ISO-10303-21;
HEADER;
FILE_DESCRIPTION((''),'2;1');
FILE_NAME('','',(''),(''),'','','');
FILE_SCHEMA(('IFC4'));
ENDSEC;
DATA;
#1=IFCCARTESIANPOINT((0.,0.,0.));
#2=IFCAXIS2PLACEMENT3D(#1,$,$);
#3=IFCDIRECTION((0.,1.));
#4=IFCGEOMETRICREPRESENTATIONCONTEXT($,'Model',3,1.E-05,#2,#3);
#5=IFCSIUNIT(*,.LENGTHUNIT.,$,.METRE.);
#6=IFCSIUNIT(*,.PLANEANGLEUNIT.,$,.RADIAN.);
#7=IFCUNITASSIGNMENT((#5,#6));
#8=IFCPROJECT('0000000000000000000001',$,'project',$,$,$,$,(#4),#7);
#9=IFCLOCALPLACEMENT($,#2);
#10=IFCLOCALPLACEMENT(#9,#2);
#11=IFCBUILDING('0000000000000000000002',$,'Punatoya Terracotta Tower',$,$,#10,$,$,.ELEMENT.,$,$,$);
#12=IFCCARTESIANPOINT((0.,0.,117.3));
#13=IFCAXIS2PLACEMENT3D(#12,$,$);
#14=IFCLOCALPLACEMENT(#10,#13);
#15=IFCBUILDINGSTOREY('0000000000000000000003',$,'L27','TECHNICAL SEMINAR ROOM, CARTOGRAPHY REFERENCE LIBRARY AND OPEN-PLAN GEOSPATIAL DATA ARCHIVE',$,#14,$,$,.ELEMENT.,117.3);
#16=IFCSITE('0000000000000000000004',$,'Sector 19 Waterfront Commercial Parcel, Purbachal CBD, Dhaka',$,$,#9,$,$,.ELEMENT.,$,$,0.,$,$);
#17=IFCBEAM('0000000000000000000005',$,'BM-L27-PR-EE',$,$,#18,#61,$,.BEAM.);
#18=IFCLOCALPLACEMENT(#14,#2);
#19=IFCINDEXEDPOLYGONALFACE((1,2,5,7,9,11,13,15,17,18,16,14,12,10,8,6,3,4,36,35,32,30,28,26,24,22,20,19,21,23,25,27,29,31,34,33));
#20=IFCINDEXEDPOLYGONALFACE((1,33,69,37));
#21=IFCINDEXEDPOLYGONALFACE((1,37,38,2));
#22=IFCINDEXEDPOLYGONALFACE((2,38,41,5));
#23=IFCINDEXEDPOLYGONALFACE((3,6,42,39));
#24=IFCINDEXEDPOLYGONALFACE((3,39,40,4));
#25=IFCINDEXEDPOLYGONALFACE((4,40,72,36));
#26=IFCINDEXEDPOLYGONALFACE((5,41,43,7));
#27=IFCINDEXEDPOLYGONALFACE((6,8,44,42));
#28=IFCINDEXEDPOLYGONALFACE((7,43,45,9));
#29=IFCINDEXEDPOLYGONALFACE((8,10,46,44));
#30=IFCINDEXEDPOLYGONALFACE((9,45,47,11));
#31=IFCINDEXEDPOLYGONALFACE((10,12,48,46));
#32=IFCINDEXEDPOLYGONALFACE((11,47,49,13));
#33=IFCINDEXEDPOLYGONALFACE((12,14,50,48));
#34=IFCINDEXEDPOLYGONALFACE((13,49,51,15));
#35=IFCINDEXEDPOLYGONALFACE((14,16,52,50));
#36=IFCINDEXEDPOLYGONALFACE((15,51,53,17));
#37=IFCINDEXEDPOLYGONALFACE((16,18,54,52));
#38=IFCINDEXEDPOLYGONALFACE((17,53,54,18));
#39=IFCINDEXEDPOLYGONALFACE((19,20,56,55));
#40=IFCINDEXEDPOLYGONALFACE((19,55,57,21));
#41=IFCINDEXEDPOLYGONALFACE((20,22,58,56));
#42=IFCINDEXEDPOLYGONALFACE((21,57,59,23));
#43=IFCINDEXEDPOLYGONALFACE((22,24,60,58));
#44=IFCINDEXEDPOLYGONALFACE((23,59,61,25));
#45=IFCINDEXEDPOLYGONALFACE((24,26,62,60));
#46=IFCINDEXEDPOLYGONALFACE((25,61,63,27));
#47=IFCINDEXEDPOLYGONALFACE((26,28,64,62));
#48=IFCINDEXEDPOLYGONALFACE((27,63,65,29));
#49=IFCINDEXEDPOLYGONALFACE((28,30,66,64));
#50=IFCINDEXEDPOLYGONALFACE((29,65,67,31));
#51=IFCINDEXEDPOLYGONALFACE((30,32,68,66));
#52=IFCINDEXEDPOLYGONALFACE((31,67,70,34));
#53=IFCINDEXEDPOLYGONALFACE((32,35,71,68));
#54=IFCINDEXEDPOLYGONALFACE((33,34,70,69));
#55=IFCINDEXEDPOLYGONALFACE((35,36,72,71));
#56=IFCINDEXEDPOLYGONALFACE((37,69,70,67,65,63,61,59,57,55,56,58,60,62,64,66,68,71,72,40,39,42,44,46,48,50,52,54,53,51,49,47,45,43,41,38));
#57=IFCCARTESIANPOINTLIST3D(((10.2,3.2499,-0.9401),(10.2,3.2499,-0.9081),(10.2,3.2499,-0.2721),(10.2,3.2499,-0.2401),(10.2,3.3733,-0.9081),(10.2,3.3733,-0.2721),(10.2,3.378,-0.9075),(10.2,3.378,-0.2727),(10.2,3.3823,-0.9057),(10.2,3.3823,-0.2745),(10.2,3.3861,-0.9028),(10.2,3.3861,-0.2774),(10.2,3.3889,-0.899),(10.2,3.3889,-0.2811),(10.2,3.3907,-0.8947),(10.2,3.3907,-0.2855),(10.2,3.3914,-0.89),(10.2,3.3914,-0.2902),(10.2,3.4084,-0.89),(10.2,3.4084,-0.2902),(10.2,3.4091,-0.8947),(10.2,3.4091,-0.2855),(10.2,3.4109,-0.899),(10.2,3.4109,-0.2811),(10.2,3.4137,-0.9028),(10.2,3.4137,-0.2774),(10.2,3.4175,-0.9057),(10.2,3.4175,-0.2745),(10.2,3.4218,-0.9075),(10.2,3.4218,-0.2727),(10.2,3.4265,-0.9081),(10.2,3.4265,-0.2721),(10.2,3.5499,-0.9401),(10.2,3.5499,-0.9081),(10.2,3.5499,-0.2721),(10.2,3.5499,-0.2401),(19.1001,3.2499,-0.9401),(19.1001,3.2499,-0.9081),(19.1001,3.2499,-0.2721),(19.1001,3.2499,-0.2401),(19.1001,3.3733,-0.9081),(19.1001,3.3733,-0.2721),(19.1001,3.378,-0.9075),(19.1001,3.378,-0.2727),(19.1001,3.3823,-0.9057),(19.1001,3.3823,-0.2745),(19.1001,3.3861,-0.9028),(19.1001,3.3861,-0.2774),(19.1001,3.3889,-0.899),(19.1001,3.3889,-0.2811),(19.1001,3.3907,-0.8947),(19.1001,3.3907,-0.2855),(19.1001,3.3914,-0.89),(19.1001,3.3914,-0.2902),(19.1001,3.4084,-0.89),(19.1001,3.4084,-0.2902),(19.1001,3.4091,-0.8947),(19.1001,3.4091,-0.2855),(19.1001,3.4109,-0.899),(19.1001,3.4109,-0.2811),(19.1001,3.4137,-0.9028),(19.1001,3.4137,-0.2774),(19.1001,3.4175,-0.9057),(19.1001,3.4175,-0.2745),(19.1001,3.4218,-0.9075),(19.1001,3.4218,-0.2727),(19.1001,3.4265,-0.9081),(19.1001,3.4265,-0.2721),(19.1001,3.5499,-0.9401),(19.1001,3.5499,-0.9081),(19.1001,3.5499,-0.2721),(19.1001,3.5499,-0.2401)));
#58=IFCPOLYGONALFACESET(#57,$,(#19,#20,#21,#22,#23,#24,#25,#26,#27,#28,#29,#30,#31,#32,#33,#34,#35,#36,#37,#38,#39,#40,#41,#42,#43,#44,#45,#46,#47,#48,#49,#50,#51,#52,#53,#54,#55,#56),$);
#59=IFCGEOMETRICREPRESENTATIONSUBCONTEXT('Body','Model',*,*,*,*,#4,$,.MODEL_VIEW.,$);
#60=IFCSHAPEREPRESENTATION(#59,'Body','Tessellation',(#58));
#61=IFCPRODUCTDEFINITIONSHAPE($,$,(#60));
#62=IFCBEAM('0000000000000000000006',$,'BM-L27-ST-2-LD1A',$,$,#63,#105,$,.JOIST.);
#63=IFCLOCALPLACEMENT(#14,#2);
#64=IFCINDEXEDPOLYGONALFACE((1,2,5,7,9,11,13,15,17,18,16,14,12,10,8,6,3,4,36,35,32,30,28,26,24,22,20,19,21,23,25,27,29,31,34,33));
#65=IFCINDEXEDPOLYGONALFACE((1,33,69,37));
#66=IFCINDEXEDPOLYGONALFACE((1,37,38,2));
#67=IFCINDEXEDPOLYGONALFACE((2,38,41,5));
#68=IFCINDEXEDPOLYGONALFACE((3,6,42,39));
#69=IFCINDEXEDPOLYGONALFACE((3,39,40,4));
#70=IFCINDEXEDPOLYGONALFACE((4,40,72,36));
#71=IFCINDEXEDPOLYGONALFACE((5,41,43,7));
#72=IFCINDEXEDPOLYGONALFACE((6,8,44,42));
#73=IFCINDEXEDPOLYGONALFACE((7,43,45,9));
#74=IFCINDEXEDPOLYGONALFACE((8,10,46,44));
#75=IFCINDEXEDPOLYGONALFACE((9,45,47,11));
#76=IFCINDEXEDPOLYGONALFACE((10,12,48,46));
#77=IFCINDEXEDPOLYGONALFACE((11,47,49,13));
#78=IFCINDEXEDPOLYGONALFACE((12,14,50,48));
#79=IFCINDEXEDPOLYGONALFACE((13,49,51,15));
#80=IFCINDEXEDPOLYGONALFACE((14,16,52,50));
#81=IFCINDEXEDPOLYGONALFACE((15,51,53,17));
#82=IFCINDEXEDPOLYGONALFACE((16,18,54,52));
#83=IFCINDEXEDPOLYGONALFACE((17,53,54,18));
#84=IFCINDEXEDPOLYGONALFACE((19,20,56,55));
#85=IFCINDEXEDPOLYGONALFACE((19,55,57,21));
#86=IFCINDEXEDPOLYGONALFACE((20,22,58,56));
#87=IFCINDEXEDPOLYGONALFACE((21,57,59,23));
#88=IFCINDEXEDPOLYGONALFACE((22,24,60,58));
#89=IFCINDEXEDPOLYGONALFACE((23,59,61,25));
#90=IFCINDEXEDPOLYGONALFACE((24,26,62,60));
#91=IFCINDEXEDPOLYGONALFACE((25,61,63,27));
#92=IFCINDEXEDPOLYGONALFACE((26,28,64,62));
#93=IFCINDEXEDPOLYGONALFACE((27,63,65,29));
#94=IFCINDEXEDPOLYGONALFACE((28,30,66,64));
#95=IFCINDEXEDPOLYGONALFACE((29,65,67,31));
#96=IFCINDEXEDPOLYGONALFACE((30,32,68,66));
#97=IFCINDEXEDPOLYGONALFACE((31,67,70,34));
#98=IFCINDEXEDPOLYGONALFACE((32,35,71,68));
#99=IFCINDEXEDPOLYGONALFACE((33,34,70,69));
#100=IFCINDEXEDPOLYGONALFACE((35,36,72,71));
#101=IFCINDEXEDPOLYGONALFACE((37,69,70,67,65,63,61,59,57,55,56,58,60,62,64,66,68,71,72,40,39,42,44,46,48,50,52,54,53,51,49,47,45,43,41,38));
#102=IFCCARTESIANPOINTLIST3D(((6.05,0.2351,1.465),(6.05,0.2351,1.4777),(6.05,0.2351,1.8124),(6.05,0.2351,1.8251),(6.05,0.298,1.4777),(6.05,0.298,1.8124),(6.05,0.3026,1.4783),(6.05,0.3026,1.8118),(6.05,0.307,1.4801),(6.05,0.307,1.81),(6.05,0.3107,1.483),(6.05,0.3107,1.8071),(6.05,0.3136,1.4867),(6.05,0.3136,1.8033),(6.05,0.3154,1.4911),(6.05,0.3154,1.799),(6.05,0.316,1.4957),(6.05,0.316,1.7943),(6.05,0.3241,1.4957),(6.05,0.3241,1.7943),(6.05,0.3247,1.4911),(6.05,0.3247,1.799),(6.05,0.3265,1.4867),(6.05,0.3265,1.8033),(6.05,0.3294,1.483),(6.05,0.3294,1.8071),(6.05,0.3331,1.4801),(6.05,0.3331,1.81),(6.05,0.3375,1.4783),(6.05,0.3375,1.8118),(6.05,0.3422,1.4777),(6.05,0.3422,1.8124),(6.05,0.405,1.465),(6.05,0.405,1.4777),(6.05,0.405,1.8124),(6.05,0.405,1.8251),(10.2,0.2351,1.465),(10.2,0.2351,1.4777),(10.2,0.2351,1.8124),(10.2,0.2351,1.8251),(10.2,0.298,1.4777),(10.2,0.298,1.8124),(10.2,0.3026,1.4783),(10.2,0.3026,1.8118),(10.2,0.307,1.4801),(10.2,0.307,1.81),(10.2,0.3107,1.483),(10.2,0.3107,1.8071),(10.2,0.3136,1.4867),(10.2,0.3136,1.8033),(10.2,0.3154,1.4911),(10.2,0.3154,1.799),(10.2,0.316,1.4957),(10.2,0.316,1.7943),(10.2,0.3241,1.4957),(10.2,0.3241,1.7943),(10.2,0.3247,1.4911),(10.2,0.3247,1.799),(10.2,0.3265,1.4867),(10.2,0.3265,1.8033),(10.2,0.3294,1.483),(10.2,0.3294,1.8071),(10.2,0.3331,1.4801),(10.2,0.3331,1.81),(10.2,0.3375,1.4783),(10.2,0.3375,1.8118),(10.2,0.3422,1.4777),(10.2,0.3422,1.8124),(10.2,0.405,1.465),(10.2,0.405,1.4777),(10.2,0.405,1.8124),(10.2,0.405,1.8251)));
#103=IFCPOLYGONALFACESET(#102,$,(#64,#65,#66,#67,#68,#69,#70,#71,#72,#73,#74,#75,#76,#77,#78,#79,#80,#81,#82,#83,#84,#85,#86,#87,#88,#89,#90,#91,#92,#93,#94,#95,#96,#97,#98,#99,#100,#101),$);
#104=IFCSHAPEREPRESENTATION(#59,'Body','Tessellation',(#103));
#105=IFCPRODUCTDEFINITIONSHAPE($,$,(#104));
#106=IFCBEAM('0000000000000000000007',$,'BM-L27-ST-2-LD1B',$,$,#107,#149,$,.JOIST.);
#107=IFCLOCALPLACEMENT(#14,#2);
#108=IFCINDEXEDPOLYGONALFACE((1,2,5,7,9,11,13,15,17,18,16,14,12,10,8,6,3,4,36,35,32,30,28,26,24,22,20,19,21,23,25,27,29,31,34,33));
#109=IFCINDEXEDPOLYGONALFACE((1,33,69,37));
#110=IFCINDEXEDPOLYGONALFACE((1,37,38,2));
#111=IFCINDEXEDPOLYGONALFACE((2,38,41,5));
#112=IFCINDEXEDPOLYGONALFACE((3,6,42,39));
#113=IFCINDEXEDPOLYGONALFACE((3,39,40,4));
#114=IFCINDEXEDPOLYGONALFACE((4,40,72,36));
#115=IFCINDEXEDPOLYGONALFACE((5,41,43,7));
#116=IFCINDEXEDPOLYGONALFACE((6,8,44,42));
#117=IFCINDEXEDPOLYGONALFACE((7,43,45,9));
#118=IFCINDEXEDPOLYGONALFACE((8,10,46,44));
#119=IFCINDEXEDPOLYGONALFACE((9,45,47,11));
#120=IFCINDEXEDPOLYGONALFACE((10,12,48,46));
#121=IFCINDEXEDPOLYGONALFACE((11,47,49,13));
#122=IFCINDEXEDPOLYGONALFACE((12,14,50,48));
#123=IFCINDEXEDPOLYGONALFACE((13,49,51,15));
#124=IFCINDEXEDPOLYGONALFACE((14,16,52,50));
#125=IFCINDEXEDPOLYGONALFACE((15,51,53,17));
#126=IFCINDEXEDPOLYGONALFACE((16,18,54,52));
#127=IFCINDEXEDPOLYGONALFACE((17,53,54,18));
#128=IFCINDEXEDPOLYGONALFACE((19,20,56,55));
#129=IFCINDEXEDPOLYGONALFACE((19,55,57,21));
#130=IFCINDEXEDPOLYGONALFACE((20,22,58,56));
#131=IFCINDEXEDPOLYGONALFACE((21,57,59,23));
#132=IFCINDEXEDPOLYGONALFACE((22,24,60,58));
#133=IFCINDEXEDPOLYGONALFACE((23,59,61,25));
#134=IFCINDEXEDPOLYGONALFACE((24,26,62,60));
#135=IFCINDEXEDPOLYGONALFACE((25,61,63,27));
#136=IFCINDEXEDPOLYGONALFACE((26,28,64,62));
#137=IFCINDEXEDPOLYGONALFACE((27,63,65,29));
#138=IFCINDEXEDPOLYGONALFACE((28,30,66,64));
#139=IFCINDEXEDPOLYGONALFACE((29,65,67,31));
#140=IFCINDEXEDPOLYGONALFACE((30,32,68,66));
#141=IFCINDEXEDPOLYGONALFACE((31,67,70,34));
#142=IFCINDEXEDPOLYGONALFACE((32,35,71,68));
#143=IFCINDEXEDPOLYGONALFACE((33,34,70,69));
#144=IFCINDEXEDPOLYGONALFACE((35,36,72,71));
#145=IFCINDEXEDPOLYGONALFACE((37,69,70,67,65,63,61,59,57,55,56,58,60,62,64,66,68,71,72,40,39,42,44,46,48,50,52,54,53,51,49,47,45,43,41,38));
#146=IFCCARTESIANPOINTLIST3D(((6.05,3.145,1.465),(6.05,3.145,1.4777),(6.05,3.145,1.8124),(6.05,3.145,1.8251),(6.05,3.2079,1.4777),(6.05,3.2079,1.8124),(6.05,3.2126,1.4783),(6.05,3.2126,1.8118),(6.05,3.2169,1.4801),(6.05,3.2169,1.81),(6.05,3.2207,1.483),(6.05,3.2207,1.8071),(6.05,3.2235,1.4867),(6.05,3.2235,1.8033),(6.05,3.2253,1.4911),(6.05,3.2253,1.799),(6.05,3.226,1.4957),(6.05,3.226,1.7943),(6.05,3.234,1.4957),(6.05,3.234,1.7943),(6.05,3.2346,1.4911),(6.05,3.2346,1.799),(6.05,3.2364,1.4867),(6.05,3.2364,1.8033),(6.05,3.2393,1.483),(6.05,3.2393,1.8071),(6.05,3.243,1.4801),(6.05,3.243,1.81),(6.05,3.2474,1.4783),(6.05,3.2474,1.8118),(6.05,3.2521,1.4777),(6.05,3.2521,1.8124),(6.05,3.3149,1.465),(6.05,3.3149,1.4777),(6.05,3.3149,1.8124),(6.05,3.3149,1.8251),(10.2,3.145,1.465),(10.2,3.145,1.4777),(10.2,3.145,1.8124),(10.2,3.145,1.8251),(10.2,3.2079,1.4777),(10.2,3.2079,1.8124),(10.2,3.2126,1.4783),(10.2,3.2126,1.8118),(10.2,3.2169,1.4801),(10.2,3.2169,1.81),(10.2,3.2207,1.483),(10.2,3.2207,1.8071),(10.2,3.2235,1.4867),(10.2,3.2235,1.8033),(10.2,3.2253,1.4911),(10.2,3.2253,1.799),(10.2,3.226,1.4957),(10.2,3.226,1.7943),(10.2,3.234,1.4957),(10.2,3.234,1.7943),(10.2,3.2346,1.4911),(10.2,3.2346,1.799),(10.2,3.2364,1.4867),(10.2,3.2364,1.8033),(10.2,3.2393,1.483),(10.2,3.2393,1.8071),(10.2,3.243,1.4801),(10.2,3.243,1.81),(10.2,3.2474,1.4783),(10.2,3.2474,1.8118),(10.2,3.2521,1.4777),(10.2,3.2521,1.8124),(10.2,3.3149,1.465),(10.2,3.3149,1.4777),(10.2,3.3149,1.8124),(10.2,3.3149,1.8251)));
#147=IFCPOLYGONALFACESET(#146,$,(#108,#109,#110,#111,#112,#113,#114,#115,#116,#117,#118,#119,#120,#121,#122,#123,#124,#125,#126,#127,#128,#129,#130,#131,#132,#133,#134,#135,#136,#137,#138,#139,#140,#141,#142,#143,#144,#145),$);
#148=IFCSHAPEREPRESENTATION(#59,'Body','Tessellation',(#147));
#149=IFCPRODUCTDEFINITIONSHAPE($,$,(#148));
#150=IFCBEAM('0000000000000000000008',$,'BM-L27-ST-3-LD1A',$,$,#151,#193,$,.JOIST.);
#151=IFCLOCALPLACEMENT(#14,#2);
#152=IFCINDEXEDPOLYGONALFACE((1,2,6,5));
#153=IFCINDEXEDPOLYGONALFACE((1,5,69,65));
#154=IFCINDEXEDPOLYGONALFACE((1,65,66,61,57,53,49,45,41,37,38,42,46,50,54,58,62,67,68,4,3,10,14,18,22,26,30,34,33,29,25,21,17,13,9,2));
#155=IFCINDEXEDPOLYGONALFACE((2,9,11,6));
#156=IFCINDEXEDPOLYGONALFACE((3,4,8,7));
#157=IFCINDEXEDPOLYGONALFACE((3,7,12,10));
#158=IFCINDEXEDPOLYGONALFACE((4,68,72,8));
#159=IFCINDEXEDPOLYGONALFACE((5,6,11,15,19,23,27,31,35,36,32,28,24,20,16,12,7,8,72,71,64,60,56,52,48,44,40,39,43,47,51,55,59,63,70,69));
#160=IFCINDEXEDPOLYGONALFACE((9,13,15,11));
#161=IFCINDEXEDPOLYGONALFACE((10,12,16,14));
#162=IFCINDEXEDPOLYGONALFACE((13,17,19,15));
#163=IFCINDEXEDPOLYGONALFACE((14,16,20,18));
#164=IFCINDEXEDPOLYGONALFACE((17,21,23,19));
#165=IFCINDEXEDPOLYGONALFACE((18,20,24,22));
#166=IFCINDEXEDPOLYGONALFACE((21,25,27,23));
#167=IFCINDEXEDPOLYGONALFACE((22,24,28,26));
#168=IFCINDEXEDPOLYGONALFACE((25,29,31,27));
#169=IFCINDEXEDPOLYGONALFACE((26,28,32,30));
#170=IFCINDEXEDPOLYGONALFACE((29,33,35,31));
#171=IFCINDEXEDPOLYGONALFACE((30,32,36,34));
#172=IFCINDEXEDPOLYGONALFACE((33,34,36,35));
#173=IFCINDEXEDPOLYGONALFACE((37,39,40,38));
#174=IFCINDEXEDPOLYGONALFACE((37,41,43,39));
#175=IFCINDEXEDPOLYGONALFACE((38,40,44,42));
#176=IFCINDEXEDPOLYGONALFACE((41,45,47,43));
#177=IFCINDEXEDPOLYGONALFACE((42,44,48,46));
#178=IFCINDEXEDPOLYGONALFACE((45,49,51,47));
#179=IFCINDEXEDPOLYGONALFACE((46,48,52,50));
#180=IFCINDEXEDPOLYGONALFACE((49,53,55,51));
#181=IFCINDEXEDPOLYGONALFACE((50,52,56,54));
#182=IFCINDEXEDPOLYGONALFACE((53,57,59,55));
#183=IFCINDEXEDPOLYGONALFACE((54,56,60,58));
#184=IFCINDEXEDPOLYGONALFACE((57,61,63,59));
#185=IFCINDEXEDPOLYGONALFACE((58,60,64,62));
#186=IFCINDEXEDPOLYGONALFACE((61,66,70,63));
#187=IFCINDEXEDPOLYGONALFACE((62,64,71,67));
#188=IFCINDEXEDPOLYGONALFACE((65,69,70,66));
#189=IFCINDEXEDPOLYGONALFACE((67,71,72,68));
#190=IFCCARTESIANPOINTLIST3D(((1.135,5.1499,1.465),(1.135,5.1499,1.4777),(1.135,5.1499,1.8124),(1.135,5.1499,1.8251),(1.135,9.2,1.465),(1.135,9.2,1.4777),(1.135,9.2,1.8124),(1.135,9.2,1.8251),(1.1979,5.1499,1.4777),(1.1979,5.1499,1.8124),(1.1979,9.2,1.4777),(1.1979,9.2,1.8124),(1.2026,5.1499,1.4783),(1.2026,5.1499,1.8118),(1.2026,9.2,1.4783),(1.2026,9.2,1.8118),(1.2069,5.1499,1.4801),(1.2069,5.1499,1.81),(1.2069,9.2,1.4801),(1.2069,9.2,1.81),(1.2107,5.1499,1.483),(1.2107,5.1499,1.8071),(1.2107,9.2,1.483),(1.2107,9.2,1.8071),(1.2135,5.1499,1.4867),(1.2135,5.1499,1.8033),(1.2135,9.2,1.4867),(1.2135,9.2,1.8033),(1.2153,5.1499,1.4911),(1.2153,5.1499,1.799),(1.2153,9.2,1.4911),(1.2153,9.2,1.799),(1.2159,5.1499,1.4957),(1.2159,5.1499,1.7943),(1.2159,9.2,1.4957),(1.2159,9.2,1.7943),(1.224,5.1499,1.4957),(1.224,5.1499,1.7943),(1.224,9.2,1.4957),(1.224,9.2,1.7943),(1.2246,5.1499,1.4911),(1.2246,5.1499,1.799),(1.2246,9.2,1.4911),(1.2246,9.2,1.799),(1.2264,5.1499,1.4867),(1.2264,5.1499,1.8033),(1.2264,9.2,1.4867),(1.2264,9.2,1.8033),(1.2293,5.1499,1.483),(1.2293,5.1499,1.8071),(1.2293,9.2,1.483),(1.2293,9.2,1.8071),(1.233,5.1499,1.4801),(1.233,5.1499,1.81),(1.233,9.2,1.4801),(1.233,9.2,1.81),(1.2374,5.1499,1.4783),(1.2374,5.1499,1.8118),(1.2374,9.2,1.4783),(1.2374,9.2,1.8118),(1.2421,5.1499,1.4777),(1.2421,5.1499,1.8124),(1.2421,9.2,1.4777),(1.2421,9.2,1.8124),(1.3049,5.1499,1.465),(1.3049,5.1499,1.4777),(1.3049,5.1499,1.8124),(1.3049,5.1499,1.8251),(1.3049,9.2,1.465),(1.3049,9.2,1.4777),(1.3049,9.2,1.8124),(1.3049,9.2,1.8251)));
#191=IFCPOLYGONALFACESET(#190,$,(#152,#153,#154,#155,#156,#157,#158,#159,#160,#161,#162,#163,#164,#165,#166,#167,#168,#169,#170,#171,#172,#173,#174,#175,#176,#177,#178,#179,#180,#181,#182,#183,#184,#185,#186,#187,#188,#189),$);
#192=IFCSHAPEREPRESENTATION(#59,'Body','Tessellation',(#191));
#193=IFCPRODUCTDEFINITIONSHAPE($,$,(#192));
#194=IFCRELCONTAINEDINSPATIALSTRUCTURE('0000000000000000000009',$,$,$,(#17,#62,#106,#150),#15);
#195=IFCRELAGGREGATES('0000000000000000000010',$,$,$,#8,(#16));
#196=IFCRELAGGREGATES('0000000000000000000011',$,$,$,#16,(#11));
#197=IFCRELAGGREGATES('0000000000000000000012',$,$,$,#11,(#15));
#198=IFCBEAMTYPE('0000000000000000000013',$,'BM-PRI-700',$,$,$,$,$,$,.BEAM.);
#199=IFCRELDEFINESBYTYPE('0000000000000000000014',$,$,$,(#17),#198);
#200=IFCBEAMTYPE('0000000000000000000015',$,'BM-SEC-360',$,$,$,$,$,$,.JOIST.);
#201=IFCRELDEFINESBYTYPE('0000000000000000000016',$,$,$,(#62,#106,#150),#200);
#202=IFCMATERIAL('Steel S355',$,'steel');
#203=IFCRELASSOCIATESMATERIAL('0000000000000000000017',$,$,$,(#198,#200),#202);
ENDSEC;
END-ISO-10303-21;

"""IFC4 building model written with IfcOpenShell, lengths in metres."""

from ifc_helpers import new_model, si_unit, direction, frame, origin, origin_2d, place, context, subcontext, project, spatial, i_section, extrude, material, material_profile, profile_set, type_object, element, save


model = new_model("IFC4")

# Units and contexts
model_context = context("Model", 3, precision=1e-05, world=origin(), true_north=direction((0.0, 1.0)))
body_context = subcontext(model_context, "Body", "Model", "MODEL_VIEW")
ifc_project = project(units=[si_unit("LENGTHUNIT", "METRE"), si_unit("PLANEANGLEUNIT", "RADIAN")], contexts=[model_context])

# Site, building, storey
site_placement = place(None, origin())
site = spatial("IfcSite", under=ifc_project, at=site_placement, Name="Sector 19 Waterfront Commercial Parcel, Purbachal CBD, Dhaka", CompositionType="ELEMENT", RefElevation=0.0)
building_placement = place(site_placement, origin())
building = spatial("IfcBuilding", under=site, at=building_placement, Name="Punatoya Terracotta Tower", CompositionType="ELEMENT")
storey_placement = place(building_placement, frame((0.0, 0.0, 117.3)))
storey = spatial("IfcBuildingStorey", under=building, at=storey_placement, Name="L27", Description="TECHNICAL SEMINAR ROOM, CARTOGRAPHY REFERENCE LIBRARY AND OPEN-PLAN GEOSPATIAL DATA ARCHIVE", CompositionType="ELEMENT", Elevation=117.3)

# Beams
ifc_material_1 = material(Name="Steel S355", Category="steel")
ifc_material_profile_1 = material_profile(ifc_material_1, i_section(OverallWidth=0.3, OverallDepth=0.7, WebThickness=0.0171, FlangeThickness=0.032, FilletRadius=0.0181, at=origin_2d()))
ifc_profile_set_1 = profile_set([ifc_material_profile_1], Name="Steel S355")
beam_type_1 = type_object("IfcBeamType", Name="BM-PRI-700", PredefinedType="BEAM", material=ifc_profile_set_1)
beam_placement = place(storey_placement, frame((10.2, 3.3999, -0.5901), z_axis=(1.0, 0.0, 0.0), x_axis=(0.0, 1.0, 0.0)))
element("IfcBeam", 1, at=beam_placement, inside=storey, type_object=beam_type_1, Name="BM-L27-PR-EE", PredefinedType="BEAM", context=body_context, shape_type="SweptSolid", body=[
    extrude(i_section(OverallWidth=0.3, OverallDepth=0.7, WebThickness=0.0171, FlangeThickness=0.032, FilletRadius=0.0181, at=origin_2d()), origin(), (0.0, 0.0, 1.0), 8.9001),
])
ifc_material_profile_2 = material_profile(ifc_material_1, i_section(OverallWidth=0.1699, OverallDepth=0.3601, WebThickness=0.0081, FlangeThickness=0.0127, FilletRadius=0.0181, at=origin_2d()))
ifc_profile_set_2 = profile_set([ifc_material_profile_2], Name="Steel S355")
beam_type_2 = type_object("IfcBeamType", Name="BM-SEC-360", PredefinedType="JOIST", material=ifc_profile_set_2)
for number, where, z_axis, x_axis, name in (
    (2, (6.05, 0.3201, 1.645), (1.0, 0.0, 0.0), (0.0, 1.0, 0.0), "BM-L27-ST-2-LD1A"),
    (3, (6.05, 3.23, 1.645), (1.0, 0.0, 0.0), (0.0, 1.0, 0.0), "BM-L27-ST-2-LD1B"),
):
    element("IfcBeam", number, at=place(storey_placement, frame(where, z_axis=z_axis, x_axis=x_axis)), inside=storey, type_object=beam_type_2, Name=name, PredefinedType="JOIST", context=body_context, shape_type="SweptSolid", body=[
        extrude(i_section(OverallWidth=0.1699, OverallDepth=0.3601, WebThickness=0.0081, FlangeThickness=0.0127, FilletRadius=0.0181, at=origin_2d()), origin(), (0.0, 0.0, 1.0), 4.1499),
    ])
for number, where, z_axis, x_axis, name in (
    (4, (1.22, 5.1499, 1.645), (0.0, 1.0, 0.0), (-1.0, 0.0, 0.0), "BM-L27-ST-3-LD1A"),
):
    element("IfcBeam", number, at=place(storey_placement, frame(where, z_axis=z_axis, x_axis=x_axis)), inside=storey, type_object=beam_type_2, Name=name, PredefinedType="JOIST", context=body_context, shape_type="SweptSolid", body=[
        extrude(i_section(OverallWidth=0.1699, OverallDepth=0.3601, WebThickness=0.0081, FlangeThickness=0.0127, FilletRadius=0.0181, at=origin_2d()), origin(), (0.0, 0.0, 1.0), 4.05),
    ])

save(model, "model.ifc")
